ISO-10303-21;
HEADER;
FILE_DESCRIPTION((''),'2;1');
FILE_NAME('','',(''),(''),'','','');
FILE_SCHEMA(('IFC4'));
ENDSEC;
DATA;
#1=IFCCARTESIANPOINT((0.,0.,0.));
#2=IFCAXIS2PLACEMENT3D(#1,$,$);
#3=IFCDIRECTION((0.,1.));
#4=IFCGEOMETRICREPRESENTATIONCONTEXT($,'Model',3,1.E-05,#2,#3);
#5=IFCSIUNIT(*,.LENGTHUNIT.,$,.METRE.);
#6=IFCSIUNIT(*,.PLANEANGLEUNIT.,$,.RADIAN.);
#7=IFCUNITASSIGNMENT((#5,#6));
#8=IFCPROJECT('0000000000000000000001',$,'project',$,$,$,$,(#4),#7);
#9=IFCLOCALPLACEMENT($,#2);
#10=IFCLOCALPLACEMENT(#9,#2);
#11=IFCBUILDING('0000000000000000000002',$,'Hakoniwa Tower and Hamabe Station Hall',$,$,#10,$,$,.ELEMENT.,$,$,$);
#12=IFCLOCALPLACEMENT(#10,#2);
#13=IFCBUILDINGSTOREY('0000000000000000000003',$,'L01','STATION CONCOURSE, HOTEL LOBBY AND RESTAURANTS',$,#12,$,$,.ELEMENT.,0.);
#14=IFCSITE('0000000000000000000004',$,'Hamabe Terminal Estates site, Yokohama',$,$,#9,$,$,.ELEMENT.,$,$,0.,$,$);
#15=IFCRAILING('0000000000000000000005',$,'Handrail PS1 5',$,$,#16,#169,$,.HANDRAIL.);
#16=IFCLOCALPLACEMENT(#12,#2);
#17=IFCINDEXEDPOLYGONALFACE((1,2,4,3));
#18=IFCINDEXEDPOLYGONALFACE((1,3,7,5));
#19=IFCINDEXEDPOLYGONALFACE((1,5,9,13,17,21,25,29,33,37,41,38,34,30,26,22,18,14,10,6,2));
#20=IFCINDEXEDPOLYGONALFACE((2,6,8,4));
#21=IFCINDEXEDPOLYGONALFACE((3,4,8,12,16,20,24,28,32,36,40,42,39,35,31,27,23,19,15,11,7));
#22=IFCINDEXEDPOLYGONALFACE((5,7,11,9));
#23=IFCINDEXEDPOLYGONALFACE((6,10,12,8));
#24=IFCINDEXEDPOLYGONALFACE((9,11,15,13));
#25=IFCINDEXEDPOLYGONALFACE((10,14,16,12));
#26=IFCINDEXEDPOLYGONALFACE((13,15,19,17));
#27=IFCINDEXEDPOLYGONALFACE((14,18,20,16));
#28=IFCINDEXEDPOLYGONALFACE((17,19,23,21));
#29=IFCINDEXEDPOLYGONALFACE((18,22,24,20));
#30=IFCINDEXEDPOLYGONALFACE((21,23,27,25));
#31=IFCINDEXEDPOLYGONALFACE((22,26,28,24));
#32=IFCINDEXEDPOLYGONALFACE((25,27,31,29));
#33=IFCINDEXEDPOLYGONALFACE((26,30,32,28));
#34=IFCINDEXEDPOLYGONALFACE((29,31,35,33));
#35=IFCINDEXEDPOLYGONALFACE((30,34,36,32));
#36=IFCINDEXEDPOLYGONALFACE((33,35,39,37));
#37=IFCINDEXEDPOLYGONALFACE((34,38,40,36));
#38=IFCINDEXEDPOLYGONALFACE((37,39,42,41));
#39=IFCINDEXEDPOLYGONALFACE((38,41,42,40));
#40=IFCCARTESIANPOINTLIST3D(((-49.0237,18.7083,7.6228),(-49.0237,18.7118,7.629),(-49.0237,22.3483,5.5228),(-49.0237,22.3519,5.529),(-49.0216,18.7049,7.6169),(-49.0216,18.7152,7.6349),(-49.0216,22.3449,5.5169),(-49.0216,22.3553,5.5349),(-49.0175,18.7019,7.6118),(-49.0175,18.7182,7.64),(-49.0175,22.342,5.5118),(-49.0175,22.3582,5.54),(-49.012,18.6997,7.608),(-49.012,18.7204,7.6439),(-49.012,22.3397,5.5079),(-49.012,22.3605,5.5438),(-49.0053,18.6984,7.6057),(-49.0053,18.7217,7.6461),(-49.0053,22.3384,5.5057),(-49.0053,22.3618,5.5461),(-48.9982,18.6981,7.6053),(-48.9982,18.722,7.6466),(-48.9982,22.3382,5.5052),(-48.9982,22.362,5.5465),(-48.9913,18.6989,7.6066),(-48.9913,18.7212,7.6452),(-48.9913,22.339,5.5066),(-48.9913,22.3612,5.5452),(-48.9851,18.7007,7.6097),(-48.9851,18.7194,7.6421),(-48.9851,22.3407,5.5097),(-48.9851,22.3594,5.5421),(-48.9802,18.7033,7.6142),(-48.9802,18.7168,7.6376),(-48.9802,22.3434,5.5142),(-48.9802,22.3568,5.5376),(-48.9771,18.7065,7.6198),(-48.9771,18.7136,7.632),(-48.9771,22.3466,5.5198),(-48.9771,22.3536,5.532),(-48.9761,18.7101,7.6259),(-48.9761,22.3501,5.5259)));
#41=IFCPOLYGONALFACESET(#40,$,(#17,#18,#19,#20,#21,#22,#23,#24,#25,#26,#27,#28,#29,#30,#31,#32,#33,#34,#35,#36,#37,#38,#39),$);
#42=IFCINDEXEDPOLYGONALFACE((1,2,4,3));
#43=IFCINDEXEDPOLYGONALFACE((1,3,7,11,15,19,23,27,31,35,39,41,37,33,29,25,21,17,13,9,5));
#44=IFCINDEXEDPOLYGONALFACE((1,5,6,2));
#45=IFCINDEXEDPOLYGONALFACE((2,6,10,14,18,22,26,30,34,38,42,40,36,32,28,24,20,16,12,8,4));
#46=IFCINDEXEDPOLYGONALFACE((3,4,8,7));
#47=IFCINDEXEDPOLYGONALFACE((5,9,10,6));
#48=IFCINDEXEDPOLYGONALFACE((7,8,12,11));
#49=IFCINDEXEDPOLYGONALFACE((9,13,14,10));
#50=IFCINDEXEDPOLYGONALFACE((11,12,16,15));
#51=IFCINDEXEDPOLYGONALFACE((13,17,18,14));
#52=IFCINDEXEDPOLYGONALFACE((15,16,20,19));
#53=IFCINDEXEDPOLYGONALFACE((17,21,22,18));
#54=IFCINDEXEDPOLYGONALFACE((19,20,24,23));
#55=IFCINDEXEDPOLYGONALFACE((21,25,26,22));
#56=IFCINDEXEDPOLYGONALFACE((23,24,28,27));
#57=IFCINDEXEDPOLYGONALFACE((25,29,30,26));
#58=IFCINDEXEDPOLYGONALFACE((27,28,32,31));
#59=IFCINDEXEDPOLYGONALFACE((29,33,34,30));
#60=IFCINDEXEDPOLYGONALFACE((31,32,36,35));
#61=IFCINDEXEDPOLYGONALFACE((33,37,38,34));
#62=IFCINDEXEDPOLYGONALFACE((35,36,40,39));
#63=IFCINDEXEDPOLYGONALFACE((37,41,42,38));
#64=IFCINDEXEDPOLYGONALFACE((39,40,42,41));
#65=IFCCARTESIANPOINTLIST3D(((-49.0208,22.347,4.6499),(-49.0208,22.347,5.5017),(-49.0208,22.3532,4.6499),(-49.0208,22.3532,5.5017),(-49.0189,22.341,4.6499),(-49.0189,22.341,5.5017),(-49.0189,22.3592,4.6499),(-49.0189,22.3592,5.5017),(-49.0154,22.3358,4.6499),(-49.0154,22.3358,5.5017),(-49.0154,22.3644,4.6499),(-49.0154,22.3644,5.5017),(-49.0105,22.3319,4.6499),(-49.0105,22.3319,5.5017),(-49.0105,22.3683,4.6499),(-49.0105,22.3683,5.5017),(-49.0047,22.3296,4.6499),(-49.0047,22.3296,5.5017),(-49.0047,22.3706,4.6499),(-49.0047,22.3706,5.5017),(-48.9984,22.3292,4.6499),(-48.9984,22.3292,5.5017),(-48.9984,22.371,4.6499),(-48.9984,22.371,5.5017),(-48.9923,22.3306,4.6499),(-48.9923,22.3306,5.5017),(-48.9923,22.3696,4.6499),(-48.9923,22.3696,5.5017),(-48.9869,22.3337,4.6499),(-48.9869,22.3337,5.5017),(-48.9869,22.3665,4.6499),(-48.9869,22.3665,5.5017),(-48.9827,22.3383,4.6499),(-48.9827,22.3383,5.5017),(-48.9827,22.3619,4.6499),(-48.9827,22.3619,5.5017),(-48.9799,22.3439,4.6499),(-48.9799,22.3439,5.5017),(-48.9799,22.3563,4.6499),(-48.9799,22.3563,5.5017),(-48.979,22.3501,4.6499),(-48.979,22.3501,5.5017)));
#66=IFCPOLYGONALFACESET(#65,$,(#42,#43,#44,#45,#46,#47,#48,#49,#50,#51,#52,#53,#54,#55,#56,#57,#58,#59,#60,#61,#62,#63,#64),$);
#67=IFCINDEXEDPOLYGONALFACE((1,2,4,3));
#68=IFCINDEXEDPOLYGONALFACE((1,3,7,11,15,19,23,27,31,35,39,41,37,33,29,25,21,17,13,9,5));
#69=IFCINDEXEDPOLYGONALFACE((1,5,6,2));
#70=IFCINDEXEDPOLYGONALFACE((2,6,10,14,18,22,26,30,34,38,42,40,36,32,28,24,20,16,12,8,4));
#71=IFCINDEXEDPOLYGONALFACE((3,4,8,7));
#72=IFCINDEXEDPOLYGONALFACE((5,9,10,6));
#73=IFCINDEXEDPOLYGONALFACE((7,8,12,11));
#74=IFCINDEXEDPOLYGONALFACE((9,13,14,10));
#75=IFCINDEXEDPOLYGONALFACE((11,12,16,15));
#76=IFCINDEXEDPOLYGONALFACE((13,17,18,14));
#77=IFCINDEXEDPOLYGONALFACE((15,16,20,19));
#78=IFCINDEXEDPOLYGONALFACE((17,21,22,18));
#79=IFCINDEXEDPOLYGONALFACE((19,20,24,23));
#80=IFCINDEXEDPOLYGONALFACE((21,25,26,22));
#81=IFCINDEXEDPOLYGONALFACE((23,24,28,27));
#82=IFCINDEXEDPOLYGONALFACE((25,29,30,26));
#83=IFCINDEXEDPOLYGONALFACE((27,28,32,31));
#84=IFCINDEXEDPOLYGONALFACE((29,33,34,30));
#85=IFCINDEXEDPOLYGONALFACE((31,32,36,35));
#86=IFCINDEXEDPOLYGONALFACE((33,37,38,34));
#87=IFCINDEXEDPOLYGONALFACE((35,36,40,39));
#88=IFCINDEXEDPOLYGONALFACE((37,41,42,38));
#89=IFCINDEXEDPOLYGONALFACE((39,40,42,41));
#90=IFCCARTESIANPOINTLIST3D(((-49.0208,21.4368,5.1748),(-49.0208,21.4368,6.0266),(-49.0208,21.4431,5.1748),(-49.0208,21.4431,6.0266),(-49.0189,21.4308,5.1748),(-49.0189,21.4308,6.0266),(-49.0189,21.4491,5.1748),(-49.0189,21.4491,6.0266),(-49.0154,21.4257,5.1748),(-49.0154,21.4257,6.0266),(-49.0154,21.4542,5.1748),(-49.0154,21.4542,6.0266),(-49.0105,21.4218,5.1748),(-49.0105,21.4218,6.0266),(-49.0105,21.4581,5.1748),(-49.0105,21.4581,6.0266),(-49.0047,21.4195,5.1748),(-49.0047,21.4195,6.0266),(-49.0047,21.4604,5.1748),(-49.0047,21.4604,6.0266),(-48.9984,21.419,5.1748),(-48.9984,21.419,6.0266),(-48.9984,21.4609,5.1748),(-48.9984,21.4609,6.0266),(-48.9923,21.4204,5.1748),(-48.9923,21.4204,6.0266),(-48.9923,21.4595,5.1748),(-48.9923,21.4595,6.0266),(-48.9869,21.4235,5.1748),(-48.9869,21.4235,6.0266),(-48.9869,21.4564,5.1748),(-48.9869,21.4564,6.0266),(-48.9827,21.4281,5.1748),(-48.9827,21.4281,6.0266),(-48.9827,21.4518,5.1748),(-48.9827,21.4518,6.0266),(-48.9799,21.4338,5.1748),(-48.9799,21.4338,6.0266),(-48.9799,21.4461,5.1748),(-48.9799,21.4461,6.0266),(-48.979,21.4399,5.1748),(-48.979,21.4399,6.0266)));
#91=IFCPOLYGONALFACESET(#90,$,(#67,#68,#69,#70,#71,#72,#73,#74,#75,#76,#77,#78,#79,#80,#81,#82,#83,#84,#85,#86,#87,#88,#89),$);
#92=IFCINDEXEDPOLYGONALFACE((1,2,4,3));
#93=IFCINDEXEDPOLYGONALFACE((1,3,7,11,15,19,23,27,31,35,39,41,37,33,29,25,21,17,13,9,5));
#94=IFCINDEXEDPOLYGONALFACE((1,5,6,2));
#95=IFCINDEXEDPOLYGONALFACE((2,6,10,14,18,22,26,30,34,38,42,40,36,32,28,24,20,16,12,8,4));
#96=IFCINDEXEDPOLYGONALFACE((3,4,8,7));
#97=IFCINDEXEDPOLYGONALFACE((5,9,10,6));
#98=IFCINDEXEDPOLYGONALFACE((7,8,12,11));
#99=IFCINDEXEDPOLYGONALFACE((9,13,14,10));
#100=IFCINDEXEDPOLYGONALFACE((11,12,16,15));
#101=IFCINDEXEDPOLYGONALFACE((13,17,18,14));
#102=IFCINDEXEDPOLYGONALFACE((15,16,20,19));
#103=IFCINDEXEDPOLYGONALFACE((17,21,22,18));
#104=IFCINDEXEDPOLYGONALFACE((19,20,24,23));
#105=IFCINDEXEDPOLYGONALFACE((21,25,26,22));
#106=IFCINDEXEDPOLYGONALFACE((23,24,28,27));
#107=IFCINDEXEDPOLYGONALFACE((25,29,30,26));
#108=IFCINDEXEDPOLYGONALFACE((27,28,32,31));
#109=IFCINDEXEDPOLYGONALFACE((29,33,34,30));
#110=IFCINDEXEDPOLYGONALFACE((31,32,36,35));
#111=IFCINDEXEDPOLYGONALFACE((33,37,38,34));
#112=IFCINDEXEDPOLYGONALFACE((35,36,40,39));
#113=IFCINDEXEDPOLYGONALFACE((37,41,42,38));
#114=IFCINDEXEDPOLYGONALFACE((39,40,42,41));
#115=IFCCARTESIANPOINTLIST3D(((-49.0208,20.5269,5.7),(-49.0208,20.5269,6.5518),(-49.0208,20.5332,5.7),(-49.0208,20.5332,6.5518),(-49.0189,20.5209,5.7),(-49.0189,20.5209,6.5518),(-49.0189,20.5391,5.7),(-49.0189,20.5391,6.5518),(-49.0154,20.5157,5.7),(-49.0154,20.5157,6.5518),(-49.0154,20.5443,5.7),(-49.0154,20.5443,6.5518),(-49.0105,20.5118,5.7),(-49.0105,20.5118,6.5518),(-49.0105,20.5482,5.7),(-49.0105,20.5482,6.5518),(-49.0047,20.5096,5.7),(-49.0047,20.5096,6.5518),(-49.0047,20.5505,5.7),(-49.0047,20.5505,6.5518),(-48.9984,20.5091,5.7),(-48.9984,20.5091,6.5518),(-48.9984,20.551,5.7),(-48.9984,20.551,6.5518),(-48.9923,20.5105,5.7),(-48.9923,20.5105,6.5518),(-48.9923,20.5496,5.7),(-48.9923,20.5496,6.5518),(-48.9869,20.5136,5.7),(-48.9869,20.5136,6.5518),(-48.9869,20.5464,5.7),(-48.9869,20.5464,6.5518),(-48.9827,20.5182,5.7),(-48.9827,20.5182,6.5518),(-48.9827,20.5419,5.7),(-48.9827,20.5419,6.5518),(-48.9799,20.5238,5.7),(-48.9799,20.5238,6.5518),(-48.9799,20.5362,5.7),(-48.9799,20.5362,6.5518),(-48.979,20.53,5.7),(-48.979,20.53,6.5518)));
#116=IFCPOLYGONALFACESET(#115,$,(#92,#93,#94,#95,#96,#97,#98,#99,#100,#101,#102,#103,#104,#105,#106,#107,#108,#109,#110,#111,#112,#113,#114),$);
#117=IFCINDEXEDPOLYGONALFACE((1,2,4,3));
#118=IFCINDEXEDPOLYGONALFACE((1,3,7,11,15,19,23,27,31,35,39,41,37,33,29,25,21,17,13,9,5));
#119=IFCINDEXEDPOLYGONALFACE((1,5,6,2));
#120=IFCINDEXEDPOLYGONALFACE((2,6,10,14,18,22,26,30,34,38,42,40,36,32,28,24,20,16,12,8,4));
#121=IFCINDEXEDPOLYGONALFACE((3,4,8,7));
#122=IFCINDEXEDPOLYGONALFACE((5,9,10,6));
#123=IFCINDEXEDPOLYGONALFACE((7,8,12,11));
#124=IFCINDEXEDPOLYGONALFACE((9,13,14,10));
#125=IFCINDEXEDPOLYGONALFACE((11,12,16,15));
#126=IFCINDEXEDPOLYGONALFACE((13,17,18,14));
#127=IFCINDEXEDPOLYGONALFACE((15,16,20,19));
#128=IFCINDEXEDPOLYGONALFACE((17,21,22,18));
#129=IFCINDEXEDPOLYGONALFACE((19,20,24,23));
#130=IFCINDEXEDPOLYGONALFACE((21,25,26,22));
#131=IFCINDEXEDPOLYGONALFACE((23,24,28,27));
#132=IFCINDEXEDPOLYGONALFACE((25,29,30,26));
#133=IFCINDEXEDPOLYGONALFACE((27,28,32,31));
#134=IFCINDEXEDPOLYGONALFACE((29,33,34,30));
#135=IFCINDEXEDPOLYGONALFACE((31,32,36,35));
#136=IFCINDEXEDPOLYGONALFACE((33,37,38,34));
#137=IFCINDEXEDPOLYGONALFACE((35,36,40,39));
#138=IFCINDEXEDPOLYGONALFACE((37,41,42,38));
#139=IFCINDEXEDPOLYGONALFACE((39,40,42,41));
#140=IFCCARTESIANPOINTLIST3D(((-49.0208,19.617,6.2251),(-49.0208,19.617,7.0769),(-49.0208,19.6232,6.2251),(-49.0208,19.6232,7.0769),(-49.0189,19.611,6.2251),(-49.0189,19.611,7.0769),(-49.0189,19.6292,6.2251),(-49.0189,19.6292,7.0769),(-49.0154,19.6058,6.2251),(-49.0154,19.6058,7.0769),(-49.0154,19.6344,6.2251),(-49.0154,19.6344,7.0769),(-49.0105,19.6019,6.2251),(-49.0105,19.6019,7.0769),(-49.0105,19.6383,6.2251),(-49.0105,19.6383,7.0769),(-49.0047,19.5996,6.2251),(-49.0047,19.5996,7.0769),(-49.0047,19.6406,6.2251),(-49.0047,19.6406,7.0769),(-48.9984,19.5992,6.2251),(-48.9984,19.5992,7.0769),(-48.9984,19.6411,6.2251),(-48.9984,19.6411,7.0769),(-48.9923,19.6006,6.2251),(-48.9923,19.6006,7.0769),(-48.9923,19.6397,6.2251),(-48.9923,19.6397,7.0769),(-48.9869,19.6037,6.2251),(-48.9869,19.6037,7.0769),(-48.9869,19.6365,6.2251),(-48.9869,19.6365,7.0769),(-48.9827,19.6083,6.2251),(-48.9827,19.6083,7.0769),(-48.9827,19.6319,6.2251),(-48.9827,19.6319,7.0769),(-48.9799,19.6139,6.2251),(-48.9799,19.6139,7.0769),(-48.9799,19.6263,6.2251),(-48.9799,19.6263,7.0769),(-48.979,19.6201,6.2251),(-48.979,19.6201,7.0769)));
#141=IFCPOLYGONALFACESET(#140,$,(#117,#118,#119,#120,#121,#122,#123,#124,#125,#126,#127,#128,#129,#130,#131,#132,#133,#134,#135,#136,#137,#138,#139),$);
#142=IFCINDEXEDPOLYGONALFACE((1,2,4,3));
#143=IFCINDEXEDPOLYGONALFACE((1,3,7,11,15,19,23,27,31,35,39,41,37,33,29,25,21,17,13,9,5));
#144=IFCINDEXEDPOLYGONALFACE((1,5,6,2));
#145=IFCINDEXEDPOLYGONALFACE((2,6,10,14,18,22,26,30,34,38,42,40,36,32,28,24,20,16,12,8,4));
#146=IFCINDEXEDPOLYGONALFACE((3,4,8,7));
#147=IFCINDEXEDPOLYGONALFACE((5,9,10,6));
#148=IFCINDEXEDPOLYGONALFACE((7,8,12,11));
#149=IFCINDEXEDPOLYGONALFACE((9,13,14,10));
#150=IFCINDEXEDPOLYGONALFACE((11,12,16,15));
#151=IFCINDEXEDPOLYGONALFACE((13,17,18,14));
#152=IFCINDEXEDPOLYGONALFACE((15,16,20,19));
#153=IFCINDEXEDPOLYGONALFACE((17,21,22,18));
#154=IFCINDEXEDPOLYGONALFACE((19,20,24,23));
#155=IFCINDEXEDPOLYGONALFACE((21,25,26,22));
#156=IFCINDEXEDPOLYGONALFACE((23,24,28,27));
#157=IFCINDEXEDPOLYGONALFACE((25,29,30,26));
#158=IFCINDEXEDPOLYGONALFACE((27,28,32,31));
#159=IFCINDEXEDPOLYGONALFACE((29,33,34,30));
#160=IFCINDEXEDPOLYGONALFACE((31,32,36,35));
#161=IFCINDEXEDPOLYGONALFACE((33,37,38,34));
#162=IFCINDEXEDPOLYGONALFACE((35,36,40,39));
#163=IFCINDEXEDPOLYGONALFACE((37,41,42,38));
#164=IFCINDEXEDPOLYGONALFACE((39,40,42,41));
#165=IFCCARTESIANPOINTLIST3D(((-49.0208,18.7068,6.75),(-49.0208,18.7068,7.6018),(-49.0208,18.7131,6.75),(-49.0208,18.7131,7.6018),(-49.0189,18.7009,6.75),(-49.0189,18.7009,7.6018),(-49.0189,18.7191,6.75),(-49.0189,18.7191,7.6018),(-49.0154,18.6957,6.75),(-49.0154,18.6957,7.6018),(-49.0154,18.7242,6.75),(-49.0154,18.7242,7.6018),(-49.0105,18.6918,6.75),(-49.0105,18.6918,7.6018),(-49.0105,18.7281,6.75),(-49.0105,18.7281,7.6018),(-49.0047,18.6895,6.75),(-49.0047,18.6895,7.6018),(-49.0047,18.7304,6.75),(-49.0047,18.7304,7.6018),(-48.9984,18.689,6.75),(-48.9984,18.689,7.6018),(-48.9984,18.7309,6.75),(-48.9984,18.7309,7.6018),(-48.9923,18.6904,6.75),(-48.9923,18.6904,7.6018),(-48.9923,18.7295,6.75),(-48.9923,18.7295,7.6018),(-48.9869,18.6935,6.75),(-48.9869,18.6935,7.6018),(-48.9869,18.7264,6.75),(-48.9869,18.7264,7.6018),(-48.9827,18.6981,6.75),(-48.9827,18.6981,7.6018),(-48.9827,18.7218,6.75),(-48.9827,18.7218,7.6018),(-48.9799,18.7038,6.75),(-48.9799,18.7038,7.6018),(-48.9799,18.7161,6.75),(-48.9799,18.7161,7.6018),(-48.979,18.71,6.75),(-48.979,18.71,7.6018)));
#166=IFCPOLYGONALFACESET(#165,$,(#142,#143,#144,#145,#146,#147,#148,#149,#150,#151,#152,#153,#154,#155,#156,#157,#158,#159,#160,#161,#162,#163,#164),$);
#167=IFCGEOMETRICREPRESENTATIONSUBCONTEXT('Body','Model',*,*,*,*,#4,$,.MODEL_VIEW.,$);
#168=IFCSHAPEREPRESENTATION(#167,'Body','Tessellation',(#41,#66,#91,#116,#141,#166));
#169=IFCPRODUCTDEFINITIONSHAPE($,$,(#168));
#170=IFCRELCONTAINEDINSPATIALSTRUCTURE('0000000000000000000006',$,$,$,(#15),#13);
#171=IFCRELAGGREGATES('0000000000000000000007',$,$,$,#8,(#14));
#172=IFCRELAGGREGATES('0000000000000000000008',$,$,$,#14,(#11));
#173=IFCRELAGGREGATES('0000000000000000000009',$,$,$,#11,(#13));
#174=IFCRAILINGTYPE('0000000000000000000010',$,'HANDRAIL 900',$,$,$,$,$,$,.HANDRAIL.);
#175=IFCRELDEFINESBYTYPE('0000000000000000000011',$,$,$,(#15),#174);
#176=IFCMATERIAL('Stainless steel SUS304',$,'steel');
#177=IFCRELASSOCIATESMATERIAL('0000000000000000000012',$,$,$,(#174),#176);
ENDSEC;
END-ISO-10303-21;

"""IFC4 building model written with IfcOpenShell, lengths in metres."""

from ifc_helpers import new_model, si_unit, direction, frame, origin, origin_2d, place, context, subcontext, project, spatial, circle, extrude, material, type_object, element, save


model = new_model("IFC4")

# Units and contexts
model_context = context("Model", 3, precision=1e-05, world=origin(), true_north=direction((0.0, 1.0)))
body_context = subcontext(model_context, "Body", "Model", "MODEL_VIEW")
ifc_project = project(units=[si_unit("LENGTHUNIT", "METRE"), si_unit("PLANEANGLEUNIT", "RADIAN")], contexts=[model_context])

# Site, building, storey
site_placement = place(None, origin())
site = spatial("IfcSite", under=ifc_project, at=site_placement, Name="Hamabe Terminal Estates site, Yokohama", CompositionType="ELEMENT", RefElevation=0.0)
building_placement = place(site_placement, origin())
building = spatial("IfcBuilding", under=site, at=building_placement, Name="Hakoniwa Tower and Hamabe Station Hall", CompositionType="ELEMENT")
storey_placement = place(building_placement, origin())
storey = spatial("IfcBuildingStorey", under=building, at=storey_placement, Name="L01", Description="STATION CONCOURSE, HOTEL LOBBY AND RESTAURANTS", CompositionType="ELEMENT", Elevation=0.0)

# Railing
ifc_material_1 = material(Name="Stainless steel SUS304", Category="steel")
railing_type_1 = type_object("IfcRailingType", Name="HANDRAIL 900", PredefinedType="HANDRAIL", material=ifc_material_1)
for number, where, name in (
    (1, (-49.0, 22.3501, 4.6499), "Handrail PS1 5"),
):
    element("IfcRailing", number, at=place(storey_placement, frame(where)), inside=storey, type_object=railing_type_1, Name=name, PredefinedType="HANDRAIL", context=body_context, shape_type="SweptSolid", body=[
        extrude(circle(Radius=0.0239, at=origin_2d()), frame((0.0, 0.0, 0.876), z_axis=(0.0, -0.866184, 0.499726), x_axis=(1.0, 0.0, 0.0)), (0.0, 0.0, 1.0), 4.2024),
        extrude(circle(Radius=0.021, at=origin_2d()), origin(), (0.0, 0.0, 1.0), 0.8518),
        extrude(circle(Radius=0.021, at=origin_2d()), frame((0.0, -0.9102, 0.5249)), (0.0, 0.0, 1.0), 0.8518),
        extrude(circle(Radius=0.021, at=origin_2d()), frame((0.0, -1.8201, 1.05)), (0.0, 0.0, 1.0), 0.8518),
        extrude(circle(Radius=0.021, at=origin_2d()), frame((0.0, -2.73, 1.5752)), (0.0, 0.0, 1.0), 0.8518),
        extrude(circle(Radius=0.021, at=origin_2d()), frame((0.0, -3.6401, 2.1001)), (0.0, 0.0, 1.0), 0.8518),
    ])

save(model, "model.ifc")
